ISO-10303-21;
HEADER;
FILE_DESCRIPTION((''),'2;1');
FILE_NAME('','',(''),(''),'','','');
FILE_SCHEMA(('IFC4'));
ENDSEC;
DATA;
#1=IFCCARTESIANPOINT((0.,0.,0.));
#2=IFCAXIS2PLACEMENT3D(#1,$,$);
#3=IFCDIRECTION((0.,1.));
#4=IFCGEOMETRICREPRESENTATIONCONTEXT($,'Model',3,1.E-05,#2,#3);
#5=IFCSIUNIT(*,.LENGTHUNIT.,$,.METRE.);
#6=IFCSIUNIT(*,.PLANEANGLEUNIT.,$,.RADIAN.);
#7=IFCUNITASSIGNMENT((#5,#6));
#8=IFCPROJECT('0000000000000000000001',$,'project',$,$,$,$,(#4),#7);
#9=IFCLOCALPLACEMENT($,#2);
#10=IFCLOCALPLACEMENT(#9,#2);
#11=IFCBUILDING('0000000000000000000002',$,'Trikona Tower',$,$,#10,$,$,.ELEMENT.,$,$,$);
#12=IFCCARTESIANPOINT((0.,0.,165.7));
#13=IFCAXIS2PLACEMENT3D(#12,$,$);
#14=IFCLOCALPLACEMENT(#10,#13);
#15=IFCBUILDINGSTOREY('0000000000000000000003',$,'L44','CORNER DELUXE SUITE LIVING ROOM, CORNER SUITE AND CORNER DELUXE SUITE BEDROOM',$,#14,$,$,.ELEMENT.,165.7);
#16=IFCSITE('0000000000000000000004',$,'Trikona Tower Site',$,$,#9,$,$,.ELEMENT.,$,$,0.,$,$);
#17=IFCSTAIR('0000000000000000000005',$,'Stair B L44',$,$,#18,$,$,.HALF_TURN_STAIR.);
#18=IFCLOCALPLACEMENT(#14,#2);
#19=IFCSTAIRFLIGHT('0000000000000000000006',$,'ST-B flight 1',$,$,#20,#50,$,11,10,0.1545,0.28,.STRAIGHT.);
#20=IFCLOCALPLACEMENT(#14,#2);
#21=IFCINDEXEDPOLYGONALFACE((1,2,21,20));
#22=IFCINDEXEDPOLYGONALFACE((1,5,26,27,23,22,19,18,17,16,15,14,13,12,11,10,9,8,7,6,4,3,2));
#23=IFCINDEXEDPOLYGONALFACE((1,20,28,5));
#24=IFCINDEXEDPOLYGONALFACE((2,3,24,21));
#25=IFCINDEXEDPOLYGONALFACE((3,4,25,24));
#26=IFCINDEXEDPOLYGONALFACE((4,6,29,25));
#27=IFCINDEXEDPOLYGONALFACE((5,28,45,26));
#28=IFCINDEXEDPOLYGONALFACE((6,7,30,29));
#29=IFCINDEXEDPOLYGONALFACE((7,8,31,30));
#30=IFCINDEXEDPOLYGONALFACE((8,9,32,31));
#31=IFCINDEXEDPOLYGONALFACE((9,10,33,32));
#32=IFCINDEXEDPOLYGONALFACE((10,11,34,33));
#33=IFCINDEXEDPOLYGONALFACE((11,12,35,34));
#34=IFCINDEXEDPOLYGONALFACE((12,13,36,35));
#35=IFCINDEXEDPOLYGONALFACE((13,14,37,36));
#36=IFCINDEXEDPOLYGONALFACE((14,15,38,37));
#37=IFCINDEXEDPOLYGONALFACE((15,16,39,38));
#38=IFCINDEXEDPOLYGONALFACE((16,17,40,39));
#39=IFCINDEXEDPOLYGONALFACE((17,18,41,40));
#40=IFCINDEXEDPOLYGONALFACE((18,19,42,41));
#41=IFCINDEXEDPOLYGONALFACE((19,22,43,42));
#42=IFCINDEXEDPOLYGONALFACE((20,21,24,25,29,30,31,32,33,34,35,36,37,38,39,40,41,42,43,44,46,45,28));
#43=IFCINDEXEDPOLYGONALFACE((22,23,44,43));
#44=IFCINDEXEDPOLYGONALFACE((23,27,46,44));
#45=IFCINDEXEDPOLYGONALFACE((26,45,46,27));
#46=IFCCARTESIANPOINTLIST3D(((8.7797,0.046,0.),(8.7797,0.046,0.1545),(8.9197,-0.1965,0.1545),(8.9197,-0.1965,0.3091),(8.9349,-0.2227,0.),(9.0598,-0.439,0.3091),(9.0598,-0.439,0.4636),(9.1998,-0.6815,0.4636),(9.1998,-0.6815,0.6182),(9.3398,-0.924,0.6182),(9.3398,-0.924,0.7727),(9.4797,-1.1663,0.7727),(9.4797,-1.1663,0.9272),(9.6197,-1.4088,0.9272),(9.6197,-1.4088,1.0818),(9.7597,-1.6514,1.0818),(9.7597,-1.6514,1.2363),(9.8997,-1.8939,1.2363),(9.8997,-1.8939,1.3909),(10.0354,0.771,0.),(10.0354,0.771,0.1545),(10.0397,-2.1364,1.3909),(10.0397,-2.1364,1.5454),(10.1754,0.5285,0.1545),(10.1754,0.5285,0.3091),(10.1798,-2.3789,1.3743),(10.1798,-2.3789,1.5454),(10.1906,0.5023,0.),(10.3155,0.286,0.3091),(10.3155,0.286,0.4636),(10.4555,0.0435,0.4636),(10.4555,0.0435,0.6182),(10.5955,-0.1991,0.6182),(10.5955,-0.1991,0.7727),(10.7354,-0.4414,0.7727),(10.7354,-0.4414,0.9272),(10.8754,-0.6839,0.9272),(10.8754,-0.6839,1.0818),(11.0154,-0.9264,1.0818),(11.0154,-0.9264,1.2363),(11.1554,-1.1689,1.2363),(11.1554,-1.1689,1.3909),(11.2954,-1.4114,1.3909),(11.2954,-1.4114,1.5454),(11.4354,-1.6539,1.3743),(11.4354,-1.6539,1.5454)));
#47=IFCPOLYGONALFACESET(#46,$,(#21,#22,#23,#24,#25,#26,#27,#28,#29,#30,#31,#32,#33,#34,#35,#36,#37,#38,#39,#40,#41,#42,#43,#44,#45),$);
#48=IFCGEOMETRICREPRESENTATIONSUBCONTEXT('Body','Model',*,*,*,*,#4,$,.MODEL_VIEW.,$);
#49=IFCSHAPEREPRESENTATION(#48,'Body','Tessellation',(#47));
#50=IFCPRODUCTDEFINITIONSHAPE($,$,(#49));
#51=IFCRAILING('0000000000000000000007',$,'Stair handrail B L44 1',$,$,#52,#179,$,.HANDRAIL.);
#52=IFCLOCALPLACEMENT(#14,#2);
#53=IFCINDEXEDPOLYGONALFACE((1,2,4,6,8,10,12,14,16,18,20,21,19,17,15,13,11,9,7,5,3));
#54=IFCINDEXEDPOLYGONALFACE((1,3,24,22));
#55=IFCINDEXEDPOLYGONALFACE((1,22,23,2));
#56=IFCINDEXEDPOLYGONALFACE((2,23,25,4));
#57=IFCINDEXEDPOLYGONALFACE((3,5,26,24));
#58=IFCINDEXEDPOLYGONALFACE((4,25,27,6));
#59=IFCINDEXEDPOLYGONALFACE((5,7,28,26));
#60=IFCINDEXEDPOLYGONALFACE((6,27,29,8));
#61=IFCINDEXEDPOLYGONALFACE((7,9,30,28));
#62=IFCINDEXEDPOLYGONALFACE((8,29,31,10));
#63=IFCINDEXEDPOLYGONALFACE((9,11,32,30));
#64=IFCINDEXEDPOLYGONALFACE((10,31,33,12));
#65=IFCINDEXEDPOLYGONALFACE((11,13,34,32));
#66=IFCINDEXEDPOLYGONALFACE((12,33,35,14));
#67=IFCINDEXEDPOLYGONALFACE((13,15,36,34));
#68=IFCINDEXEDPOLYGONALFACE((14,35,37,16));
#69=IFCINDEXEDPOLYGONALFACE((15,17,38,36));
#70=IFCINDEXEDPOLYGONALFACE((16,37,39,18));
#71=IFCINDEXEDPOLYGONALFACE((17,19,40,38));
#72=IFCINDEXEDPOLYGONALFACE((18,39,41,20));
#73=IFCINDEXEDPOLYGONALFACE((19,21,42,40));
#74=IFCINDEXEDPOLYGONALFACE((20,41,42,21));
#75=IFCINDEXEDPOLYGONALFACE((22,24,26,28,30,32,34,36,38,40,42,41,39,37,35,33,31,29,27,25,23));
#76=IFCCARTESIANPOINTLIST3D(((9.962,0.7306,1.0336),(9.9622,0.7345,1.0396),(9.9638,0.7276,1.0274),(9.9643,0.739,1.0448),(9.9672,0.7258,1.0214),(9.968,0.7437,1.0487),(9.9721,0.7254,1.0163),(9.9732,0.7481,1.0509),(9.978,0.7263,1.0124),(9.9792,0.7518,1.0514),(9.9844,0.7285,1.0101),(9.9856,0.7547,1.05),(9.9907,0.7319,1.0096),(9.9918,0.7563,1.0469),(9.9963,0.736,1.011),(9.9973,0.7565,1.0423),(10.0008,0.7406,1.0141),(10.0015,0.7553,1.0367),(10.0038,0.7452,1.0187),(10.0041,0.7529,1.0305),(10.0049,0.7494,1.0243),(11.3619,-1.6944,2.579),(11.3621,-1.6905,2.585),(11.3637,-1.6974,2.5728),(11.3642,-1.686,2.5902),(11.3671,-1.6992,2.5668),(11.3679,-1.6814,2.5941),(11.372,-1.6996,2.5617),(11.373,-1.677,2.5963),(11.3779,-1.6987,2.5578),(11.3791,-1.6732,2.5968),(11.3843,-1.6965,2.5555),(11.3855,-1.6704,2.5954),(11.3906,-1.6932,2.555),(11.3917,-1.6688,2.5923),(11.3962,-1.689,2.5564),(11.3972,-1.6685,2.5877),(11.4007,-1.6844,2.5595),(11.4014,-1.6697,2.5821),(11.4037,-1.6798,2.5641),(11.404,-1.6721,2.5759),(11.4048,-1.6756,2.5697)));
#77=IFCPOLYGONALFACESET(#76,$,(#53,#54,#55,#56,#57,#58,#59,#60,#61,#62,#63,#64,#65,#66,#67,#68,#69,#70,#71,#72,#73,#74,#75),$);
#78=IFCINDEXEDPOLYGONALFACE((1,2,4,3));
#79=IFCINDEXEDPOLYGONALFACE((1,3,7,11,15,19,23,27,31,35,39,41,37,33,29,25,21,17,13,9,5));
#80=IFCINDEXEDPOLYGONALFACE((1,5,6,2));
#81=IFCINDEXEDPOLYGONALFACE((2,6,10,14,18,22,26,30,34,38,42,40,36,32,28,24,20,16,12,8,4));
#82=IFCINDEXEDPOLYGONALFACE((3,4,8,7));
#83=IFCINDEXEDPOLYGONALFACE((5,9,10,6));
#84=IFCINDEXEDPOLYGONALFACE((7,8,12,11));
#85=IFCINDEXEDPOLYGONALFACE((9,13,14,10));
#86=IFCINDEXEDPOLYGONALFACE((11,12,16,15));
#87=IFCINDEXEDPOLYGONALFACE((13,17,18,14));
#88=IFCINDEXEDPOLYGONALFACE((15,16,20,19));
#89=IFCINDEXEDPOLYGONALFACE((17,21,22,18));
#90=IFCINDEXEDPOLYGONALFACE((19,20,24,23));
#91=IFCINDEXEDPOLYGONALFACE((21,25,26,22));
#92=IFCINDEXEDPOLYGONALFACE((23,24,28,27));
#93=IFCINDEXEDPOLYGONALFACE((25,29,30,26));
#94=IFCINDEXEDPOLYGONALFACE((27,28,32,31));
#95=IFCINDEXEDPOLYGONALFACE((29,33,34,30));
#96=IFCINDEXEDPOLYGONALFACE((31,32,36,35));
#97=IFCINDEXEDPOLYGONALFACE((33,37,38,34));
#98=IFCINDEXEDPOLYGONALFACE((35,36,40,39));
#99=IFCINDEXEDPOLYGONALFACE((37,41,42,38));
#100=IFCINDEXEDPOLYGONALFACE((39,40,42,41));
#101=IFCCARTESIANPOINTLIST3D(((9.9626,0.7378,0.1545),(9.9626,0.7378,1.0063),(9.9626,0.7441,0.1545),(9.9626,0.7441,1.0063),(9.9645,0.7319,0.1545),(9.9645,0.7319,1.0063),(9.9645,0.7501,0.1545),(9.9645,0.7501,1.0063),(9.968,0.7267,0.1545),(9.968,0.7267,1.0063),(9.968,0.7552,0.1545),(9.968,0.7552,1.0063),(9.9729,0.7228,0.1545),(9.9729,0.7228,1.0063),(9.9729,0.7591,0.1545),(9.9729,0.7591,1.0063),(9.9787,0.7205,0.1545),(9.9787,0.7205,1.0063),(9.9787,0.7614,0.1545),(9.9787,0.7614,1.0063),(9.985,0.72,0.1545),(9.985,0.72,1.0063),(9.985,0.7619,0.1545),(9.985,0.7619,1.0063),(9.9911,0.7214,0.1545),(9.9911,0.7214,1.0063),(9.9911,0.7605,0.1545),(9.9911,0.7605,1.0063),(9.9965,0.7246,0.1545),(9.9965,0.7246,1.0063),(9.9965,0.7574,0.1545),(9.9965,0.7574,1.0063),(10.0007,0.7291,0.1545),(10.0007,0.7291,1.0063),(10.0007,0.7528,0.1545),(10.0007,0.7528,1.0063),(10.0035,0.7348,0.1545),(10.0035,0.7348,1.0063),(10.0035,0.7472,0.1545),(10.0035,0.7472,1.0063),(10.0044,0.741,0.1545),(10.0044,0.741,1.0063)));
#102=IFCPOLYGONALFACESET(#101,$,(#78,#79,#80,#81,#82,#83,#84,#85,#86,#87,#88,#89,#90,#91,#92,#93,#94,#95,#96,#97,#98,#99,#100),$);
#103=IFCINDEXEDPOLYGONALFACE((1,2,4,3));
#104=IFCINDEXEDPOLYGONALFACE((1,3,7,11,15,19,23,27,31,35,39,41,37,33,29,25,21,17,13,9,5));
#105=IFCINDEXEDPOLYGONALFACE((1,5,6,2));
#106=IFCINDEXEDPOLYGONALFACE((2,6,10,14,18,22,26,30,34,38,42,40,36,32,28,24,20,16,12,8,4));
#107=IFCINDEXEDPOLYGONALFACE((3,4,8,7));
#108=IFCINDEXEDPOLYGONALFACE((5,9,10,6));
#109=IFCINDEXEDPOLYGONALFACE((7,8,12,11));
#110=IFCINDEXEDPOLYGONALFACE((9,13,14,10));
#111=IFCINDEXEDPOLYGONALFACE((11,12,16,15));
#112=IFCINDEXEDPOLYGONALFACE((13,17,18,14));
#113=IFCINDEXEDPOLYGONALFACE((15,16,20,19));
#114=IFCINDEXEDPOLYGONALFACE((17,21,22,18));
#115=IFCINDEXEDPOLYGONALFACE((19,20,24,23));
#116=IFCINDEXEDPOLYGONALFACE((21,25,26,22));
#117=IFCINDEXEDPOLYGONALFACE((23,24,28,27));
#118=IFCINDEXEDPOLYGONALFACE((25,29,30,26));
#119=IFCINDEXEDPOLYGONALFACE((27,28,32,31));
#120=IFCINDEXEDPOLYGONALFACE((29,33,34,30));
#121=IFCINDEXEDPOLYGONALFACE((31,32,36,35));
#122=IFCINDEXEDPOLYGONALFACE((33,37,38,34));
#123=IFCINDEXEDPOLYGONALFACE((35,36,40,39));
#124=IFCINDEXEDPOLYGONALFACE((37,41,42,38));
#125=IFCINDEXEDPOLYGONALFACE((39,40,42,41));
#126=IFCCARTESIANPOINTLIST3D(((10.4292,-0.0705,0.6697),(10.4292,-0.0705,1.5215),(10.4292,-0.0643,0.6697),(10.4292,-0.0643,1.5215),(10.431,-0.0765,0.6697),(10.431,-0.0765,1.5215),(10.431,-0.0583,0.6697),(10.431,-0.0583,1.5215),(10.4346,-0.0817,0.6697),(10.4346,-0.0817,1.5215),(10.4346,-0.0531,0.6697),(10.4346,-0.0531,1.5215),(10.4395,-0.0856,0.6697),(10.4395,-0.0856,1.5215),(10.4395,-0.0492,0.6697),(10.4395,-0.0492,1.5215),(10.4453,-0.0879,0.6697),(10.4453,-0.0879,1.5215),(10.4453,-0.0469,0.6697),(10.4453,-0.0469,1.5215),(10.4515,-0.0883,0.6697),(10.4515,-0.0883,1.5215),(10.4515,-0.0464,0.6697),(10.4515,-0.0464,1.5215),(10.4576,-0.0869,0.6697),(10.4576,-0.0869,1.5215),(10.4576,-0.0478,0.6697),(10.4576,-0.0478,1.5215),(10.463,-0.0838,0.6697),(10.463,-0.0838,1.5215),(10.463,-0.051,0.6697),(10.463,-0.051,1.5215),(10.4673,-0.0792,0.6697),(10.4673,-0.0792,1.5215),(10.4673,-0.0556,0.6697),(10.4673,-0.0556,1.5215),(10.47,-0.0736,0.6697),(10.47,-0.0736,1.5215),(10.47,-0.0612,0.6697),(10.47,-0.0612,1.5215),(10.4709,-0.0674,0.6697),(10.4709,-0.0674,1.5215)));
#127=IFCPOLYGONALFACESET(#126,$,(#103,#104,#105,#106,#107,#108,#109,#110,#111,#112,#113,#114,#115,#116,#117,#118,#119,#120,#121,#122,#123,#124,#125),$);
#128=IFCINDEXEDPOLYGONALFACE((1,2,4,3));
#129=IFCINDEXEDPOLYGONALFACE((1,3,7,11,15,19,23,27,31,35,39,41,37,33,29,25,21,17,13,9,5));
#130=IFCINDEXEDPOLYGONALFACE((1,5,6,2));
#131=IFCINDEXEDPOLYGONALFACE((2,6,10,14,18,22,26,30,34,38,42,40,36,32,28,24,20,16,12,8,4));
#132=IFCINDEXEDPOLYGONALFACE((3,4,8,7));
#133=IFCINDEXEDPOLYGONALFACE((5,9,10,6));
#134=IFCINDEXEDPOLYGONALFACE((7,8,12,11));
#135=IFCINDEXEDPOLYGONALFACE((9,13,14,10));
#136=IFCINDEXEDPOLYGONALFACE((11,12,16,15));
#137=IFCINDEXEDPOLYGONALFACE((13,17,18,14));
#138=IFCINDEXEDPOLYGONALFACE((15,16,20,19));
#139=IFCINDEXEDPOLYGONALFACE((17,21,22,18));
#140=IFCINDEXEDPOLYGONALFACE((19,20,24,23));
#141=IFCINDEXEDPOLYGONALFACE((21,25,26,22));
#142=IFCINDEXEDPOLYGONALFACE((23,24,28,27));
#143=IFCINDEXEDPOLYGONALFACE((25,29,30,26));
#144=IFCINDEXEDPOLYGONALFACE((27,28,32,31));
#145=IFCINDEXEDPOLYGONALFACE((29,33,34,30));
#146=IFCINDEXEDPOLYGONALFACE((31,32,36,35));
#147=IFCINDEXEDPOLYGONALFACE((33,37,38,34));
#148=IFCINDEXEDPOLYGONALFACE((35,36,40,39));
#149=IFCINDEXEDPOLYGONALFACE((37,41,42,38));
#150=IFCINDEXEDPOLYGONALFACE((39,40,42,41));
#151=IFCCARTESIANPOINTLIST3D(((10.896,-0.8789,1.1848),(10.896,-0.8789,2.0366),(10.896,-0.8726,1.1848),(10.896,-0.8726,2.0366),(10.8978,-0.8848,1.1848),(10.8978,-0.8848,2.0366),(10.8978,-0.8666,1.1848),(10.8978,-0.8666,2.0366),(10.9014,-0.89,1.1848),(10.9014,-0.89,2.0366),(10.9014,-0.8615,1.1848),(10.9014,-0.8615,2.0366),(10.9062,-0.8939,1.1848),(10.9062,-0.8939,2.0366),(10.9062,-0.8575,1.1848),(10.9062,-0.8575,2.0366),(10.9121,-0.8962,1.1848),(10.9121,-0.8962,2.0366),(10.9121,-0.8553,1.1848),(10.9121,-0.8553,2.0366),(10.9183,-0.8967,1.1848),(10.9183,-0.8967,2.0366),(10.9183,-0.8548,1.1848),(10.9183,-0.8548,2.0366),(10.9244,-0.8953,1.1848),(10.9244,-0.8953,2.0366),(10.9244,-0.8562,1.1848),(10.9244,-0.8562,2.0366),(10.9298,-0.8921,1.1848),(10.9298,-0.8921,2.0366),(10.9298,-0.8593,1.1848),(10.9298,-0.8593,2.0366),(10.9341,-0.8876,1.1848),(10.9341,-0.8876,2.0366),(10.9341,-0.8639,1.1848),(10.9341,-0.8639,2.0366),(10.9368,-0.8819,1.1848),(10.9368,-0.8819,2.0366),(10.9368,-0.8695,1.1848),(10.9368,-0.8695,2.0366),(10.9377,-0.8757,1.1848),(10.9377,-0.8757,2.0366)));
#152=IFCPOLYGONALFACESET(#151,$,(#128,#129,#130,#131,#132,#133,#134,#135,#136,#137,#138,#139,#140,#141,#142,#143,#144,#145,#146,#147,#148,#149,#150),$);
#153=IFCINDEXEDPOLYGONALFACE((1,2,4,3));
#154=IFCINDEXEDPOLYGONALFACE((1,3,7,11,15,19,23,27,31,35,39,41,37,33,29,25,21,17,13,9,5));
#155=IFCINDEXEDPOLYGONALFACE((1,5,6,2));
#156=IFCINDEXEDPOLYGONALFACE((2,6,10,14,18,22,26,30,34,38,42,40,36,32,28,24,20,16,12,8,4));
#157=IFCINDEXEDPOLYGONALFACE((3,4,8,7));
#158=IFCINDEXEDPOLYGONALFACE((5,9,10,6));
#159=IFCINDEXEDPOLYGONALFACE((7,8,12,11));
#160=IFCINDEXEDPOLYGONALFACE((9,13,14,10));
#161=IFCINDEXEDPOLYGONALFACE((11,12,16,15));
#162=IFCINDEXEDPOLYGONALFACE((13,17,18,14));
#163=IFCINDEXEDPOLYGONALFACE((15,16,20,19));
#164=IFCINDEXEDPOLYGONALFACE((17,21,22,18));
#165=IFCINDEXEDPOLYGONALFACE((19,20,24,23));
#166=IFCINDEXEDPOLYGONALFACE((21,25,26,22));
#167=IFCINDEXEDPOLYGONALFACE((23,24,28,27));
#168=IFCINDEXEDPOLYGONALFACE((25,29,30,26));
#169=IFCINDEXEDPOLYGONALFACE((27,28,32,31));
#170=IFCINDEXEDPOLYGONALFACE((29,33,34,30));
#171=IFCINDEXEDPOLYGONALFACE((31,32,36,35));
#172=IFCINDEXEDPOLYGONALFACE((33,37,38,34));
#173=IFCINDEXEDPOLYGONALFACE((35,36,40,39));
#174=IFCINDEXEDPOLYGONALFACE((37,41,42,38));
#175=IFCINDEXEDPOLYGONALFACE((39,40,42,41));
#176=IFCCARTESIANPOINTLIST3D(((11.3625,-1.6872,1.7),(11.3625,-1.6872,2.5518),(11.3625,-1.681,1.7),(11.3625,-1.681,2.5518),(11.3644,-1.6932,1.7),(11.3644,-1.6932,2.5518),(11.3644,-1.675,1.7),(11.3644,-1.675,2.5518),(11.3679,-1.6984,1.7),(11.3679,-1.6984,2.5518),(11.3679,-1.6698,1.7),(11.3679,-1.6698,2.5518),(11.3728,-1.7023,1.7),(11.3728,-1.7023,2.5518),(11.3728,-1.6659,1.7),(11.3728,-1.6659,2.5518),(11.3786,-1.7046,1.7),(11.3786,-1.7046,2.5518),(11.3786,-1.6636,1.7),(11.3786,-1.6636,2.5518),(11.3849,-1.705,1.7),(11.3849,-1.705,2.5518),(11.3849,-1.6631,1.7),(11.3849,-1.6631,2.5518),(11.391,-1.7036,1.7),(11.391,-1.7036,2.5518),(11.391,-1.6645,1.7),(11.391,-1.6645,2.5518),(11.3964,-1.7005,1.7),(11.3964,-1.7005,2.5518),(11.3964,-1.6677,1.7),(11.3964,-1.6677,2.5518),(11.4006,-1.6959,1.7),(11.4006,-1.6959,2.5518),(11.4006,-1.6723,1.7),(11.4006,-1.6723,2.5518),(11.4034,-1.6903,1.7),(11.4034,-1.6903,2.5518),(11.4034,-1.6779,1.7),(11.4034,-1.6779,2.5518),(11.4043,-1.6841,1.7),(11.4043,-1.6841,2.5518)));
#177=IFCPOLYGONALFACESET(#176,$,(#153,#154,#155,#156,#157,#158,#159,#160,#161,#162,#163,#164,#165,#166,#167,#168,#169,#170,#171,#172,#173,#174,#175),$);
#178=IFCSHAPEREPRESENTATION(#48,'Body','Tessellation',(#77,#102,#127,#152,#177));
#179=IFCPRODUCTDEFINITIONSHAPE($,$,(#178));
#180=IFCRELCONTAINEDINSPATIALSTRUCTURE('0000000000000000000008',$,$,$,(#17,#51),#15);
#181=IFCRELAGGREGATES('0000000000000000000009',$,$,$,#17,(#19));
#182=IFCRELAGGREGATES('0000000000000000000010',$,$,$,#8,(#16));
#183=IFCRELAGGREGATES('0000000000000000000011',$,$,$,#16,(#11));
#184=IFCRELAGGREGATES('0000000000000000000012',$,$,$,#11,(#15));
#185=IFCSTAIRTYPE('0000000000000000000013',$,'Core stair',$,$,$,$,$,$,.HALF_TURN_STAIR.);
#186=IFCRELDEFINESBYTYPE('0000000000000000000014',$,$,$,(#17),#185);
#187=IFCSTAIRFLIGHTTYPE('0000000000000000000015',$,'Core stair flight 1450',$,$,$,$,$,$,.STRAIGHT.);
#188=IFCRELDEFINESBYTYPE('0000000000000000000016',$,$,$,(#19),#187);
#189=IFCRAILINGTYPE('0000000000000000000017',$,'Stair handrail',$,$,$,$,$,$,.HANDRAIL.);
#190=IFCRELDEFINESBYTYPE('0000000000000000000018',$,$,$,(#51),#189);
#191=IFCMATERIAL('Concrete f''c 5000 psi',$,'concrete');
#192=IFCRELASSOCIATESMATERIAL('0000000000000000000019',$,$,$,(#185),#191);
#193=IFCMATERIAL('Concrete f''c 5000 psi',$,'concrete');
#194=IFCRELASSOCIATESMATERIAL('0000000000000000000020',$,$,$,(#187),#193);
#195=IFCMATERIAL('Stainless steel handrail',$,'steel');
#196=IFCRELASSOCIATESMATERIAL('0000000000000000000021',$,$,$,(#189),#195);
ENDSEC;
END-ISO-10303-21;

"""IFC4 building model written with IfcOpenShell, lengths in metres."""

from ifc_helpers import new_model, si_unit, direction, frame, origin, origin_2d, place, context, subcontext, project, spatial, polyline, circle, outline, extrude, material, type_object, element, aggregate, save


model = new_model("IFC4")

# Units and contexts
model_context = context("Model", 3, precision=1e-05, world=origin(), true_north=direction((0.0, 1.0)))
body_context = subcontext(model_context, "Body", "Model", "MODEL_VIEW")
ifc_project = project(units=[si_unit("LENGTHUNIT", "METRE"), si_unit("PLANEANGLEUNIT", "RADIAN")], contexts=[model_context])

# Site, building, storey
site_placement = place(None, origin())
site = spatial("IfcSite", under=ifc_project, at=site_placement, Name="Trikona Tower Site", CompositionType="ELEMENT", RefElevation=0.0)
building_placement = place(site_placement, origin())
building = spatial("IfcBuilding", under=site, at=building_placement, Name="Trikona Tower", CompositionType="ELEMENT")
storey_placement = place(building_placement, frame((0.0, 0.0, 165.7)))
storey = spatial("IfcBuildingStorey", under=building, at=storey_placement, Name="L44", Description="CORNER DELUXE SUITE LIVING ROOM, CORNER SUITE AND CORNER DELUXE SUITE BEDROOM", CompositionType="ELEMENT", Elevation=165.7)

# Stair
ifc_material_1 = material(Name="Concrete f'c 5000 psi", Category="concrete")
stair_type = type_object("IfcStairType", Name="Core stair", PredefinedType="HALF_TURN_STAIR", material=ifc_material_1)
stair_1_placement = place(storey_placement, origin())
stair_1 = element("IfcStair", 1, at=stair_1_placement, inside=storey, type_object=stair_type, Name="Stair B L44", PredefinedType="HALF_TURN_STAIR")

# Stair flight
ifc_material_2 = material(Name="Concrete f'c 5000 psi", Category="concrete")
stair_flight_type = type_object("IfcStairFlightType", Name="Core stair flight 1450", PredefinedType="STRAIGHT", material=ifc_material_2)
stair_flight_placement = place(storey_placement, frame((9.4075, 0.4084, 0.0), z_axis=(0.0, 0.0, 1.0), x_axis=(0.5, -0.866025, 0.0)))
stair_flight = element("IfcStairFlight", 2, at=stair_flight_placement, type_object=stair_flight_type, Name="ST-B flight 1", NumberOfRisers=11, NumberOfTreads=10, PredefinedType="STRAIGHT", RiserHeight=0.1545, TreadLength=0.28, context=body_context, shape_type="SweptSolid", body=[
    extrude(outline(polyline([(0.0, 0.0), (0.0, 0.1545), (0.28, 0.1545), (0.28, 0.3091), (0.5601, 0.3091), (0.5601, 0.4636), (0.8401, 0.4636), (0.8401, 0.6182), (1.1201, 0.6182), (1.1201, 0.7727), (1.3999, 0.7727), (1.3999, 0.9272), (1.6799, 0.9272), (1.6799, 1.0818), (1.96, 1.0818), (1.96, 1.2363), (2.24, 1.2363), (2.24, 1.3909), (2.52, 1.3909), (2.52, 1.5454), (2.8, 1.5454), (2.8, 1.7), (2.8, 1.3743), (0.3103, 0.0), (0.0, 0.0)])), frame((0.0, 0.7251, 0.0), z_axis=(0.0, -1.0, 0.0), x_axis=(1.0, 0.0, 0.0)), (0.0, 0.0, 1.0), 1.45),
])
aggregate(stair_1, [stair_flight])

# Railing
ifc_material_3 = material(Name="Stainless steel handrail", Category="steel")
railing_type = type_object("IfcRailingType", Name="Stair handrail", PredefinedType="HANDRAIL", material=ifc_material_3)
railing_placement = place(storey_placement, frame((9.9834, 0.741, 0.1545)))
element("IfcRailing", 3, at=railing_placement, inside=storey, type_object=railing_type, Name="Stair handrail B L44 1", PredefinedType="HANDRAIL", context=body_context, shape_type="SweptSolid", body=[
    extrude(circle(Radius=0.0239, at=origin_2d()), frame((0.0, 0.0, 0.876), z_axis=(0.437707, -0.75824, 0.483203), x_axis=(0.866056, 0.499946, 0.0)), (0.0, 0.0, 1.0), 3.1982),
    extrude(circle(Radius=0.021, at=origin_2d()), origin(), (0.0, 0.0, 1.0), 0.8518),
    extrude(circle(Radius=0.021, at=origin_2d()), frame((0.4666, -0.8083, 0.5151)), (0.0, 0.0, 1.0), 0.8518),
    extrude(circle(Radius=0.021, at=origin_2d()), frame((0.9333, -1.6167, 1.0303)), (0.0, 0.0, 1.0), 0.8518),
    extrude(circle(Radius=0.021, at=origin_2d()), frame((1.3999, -2.425, 1.5454)), (0.0, 0.0, 1.0), 0.8518),
])

save(model, "model.ifc")
